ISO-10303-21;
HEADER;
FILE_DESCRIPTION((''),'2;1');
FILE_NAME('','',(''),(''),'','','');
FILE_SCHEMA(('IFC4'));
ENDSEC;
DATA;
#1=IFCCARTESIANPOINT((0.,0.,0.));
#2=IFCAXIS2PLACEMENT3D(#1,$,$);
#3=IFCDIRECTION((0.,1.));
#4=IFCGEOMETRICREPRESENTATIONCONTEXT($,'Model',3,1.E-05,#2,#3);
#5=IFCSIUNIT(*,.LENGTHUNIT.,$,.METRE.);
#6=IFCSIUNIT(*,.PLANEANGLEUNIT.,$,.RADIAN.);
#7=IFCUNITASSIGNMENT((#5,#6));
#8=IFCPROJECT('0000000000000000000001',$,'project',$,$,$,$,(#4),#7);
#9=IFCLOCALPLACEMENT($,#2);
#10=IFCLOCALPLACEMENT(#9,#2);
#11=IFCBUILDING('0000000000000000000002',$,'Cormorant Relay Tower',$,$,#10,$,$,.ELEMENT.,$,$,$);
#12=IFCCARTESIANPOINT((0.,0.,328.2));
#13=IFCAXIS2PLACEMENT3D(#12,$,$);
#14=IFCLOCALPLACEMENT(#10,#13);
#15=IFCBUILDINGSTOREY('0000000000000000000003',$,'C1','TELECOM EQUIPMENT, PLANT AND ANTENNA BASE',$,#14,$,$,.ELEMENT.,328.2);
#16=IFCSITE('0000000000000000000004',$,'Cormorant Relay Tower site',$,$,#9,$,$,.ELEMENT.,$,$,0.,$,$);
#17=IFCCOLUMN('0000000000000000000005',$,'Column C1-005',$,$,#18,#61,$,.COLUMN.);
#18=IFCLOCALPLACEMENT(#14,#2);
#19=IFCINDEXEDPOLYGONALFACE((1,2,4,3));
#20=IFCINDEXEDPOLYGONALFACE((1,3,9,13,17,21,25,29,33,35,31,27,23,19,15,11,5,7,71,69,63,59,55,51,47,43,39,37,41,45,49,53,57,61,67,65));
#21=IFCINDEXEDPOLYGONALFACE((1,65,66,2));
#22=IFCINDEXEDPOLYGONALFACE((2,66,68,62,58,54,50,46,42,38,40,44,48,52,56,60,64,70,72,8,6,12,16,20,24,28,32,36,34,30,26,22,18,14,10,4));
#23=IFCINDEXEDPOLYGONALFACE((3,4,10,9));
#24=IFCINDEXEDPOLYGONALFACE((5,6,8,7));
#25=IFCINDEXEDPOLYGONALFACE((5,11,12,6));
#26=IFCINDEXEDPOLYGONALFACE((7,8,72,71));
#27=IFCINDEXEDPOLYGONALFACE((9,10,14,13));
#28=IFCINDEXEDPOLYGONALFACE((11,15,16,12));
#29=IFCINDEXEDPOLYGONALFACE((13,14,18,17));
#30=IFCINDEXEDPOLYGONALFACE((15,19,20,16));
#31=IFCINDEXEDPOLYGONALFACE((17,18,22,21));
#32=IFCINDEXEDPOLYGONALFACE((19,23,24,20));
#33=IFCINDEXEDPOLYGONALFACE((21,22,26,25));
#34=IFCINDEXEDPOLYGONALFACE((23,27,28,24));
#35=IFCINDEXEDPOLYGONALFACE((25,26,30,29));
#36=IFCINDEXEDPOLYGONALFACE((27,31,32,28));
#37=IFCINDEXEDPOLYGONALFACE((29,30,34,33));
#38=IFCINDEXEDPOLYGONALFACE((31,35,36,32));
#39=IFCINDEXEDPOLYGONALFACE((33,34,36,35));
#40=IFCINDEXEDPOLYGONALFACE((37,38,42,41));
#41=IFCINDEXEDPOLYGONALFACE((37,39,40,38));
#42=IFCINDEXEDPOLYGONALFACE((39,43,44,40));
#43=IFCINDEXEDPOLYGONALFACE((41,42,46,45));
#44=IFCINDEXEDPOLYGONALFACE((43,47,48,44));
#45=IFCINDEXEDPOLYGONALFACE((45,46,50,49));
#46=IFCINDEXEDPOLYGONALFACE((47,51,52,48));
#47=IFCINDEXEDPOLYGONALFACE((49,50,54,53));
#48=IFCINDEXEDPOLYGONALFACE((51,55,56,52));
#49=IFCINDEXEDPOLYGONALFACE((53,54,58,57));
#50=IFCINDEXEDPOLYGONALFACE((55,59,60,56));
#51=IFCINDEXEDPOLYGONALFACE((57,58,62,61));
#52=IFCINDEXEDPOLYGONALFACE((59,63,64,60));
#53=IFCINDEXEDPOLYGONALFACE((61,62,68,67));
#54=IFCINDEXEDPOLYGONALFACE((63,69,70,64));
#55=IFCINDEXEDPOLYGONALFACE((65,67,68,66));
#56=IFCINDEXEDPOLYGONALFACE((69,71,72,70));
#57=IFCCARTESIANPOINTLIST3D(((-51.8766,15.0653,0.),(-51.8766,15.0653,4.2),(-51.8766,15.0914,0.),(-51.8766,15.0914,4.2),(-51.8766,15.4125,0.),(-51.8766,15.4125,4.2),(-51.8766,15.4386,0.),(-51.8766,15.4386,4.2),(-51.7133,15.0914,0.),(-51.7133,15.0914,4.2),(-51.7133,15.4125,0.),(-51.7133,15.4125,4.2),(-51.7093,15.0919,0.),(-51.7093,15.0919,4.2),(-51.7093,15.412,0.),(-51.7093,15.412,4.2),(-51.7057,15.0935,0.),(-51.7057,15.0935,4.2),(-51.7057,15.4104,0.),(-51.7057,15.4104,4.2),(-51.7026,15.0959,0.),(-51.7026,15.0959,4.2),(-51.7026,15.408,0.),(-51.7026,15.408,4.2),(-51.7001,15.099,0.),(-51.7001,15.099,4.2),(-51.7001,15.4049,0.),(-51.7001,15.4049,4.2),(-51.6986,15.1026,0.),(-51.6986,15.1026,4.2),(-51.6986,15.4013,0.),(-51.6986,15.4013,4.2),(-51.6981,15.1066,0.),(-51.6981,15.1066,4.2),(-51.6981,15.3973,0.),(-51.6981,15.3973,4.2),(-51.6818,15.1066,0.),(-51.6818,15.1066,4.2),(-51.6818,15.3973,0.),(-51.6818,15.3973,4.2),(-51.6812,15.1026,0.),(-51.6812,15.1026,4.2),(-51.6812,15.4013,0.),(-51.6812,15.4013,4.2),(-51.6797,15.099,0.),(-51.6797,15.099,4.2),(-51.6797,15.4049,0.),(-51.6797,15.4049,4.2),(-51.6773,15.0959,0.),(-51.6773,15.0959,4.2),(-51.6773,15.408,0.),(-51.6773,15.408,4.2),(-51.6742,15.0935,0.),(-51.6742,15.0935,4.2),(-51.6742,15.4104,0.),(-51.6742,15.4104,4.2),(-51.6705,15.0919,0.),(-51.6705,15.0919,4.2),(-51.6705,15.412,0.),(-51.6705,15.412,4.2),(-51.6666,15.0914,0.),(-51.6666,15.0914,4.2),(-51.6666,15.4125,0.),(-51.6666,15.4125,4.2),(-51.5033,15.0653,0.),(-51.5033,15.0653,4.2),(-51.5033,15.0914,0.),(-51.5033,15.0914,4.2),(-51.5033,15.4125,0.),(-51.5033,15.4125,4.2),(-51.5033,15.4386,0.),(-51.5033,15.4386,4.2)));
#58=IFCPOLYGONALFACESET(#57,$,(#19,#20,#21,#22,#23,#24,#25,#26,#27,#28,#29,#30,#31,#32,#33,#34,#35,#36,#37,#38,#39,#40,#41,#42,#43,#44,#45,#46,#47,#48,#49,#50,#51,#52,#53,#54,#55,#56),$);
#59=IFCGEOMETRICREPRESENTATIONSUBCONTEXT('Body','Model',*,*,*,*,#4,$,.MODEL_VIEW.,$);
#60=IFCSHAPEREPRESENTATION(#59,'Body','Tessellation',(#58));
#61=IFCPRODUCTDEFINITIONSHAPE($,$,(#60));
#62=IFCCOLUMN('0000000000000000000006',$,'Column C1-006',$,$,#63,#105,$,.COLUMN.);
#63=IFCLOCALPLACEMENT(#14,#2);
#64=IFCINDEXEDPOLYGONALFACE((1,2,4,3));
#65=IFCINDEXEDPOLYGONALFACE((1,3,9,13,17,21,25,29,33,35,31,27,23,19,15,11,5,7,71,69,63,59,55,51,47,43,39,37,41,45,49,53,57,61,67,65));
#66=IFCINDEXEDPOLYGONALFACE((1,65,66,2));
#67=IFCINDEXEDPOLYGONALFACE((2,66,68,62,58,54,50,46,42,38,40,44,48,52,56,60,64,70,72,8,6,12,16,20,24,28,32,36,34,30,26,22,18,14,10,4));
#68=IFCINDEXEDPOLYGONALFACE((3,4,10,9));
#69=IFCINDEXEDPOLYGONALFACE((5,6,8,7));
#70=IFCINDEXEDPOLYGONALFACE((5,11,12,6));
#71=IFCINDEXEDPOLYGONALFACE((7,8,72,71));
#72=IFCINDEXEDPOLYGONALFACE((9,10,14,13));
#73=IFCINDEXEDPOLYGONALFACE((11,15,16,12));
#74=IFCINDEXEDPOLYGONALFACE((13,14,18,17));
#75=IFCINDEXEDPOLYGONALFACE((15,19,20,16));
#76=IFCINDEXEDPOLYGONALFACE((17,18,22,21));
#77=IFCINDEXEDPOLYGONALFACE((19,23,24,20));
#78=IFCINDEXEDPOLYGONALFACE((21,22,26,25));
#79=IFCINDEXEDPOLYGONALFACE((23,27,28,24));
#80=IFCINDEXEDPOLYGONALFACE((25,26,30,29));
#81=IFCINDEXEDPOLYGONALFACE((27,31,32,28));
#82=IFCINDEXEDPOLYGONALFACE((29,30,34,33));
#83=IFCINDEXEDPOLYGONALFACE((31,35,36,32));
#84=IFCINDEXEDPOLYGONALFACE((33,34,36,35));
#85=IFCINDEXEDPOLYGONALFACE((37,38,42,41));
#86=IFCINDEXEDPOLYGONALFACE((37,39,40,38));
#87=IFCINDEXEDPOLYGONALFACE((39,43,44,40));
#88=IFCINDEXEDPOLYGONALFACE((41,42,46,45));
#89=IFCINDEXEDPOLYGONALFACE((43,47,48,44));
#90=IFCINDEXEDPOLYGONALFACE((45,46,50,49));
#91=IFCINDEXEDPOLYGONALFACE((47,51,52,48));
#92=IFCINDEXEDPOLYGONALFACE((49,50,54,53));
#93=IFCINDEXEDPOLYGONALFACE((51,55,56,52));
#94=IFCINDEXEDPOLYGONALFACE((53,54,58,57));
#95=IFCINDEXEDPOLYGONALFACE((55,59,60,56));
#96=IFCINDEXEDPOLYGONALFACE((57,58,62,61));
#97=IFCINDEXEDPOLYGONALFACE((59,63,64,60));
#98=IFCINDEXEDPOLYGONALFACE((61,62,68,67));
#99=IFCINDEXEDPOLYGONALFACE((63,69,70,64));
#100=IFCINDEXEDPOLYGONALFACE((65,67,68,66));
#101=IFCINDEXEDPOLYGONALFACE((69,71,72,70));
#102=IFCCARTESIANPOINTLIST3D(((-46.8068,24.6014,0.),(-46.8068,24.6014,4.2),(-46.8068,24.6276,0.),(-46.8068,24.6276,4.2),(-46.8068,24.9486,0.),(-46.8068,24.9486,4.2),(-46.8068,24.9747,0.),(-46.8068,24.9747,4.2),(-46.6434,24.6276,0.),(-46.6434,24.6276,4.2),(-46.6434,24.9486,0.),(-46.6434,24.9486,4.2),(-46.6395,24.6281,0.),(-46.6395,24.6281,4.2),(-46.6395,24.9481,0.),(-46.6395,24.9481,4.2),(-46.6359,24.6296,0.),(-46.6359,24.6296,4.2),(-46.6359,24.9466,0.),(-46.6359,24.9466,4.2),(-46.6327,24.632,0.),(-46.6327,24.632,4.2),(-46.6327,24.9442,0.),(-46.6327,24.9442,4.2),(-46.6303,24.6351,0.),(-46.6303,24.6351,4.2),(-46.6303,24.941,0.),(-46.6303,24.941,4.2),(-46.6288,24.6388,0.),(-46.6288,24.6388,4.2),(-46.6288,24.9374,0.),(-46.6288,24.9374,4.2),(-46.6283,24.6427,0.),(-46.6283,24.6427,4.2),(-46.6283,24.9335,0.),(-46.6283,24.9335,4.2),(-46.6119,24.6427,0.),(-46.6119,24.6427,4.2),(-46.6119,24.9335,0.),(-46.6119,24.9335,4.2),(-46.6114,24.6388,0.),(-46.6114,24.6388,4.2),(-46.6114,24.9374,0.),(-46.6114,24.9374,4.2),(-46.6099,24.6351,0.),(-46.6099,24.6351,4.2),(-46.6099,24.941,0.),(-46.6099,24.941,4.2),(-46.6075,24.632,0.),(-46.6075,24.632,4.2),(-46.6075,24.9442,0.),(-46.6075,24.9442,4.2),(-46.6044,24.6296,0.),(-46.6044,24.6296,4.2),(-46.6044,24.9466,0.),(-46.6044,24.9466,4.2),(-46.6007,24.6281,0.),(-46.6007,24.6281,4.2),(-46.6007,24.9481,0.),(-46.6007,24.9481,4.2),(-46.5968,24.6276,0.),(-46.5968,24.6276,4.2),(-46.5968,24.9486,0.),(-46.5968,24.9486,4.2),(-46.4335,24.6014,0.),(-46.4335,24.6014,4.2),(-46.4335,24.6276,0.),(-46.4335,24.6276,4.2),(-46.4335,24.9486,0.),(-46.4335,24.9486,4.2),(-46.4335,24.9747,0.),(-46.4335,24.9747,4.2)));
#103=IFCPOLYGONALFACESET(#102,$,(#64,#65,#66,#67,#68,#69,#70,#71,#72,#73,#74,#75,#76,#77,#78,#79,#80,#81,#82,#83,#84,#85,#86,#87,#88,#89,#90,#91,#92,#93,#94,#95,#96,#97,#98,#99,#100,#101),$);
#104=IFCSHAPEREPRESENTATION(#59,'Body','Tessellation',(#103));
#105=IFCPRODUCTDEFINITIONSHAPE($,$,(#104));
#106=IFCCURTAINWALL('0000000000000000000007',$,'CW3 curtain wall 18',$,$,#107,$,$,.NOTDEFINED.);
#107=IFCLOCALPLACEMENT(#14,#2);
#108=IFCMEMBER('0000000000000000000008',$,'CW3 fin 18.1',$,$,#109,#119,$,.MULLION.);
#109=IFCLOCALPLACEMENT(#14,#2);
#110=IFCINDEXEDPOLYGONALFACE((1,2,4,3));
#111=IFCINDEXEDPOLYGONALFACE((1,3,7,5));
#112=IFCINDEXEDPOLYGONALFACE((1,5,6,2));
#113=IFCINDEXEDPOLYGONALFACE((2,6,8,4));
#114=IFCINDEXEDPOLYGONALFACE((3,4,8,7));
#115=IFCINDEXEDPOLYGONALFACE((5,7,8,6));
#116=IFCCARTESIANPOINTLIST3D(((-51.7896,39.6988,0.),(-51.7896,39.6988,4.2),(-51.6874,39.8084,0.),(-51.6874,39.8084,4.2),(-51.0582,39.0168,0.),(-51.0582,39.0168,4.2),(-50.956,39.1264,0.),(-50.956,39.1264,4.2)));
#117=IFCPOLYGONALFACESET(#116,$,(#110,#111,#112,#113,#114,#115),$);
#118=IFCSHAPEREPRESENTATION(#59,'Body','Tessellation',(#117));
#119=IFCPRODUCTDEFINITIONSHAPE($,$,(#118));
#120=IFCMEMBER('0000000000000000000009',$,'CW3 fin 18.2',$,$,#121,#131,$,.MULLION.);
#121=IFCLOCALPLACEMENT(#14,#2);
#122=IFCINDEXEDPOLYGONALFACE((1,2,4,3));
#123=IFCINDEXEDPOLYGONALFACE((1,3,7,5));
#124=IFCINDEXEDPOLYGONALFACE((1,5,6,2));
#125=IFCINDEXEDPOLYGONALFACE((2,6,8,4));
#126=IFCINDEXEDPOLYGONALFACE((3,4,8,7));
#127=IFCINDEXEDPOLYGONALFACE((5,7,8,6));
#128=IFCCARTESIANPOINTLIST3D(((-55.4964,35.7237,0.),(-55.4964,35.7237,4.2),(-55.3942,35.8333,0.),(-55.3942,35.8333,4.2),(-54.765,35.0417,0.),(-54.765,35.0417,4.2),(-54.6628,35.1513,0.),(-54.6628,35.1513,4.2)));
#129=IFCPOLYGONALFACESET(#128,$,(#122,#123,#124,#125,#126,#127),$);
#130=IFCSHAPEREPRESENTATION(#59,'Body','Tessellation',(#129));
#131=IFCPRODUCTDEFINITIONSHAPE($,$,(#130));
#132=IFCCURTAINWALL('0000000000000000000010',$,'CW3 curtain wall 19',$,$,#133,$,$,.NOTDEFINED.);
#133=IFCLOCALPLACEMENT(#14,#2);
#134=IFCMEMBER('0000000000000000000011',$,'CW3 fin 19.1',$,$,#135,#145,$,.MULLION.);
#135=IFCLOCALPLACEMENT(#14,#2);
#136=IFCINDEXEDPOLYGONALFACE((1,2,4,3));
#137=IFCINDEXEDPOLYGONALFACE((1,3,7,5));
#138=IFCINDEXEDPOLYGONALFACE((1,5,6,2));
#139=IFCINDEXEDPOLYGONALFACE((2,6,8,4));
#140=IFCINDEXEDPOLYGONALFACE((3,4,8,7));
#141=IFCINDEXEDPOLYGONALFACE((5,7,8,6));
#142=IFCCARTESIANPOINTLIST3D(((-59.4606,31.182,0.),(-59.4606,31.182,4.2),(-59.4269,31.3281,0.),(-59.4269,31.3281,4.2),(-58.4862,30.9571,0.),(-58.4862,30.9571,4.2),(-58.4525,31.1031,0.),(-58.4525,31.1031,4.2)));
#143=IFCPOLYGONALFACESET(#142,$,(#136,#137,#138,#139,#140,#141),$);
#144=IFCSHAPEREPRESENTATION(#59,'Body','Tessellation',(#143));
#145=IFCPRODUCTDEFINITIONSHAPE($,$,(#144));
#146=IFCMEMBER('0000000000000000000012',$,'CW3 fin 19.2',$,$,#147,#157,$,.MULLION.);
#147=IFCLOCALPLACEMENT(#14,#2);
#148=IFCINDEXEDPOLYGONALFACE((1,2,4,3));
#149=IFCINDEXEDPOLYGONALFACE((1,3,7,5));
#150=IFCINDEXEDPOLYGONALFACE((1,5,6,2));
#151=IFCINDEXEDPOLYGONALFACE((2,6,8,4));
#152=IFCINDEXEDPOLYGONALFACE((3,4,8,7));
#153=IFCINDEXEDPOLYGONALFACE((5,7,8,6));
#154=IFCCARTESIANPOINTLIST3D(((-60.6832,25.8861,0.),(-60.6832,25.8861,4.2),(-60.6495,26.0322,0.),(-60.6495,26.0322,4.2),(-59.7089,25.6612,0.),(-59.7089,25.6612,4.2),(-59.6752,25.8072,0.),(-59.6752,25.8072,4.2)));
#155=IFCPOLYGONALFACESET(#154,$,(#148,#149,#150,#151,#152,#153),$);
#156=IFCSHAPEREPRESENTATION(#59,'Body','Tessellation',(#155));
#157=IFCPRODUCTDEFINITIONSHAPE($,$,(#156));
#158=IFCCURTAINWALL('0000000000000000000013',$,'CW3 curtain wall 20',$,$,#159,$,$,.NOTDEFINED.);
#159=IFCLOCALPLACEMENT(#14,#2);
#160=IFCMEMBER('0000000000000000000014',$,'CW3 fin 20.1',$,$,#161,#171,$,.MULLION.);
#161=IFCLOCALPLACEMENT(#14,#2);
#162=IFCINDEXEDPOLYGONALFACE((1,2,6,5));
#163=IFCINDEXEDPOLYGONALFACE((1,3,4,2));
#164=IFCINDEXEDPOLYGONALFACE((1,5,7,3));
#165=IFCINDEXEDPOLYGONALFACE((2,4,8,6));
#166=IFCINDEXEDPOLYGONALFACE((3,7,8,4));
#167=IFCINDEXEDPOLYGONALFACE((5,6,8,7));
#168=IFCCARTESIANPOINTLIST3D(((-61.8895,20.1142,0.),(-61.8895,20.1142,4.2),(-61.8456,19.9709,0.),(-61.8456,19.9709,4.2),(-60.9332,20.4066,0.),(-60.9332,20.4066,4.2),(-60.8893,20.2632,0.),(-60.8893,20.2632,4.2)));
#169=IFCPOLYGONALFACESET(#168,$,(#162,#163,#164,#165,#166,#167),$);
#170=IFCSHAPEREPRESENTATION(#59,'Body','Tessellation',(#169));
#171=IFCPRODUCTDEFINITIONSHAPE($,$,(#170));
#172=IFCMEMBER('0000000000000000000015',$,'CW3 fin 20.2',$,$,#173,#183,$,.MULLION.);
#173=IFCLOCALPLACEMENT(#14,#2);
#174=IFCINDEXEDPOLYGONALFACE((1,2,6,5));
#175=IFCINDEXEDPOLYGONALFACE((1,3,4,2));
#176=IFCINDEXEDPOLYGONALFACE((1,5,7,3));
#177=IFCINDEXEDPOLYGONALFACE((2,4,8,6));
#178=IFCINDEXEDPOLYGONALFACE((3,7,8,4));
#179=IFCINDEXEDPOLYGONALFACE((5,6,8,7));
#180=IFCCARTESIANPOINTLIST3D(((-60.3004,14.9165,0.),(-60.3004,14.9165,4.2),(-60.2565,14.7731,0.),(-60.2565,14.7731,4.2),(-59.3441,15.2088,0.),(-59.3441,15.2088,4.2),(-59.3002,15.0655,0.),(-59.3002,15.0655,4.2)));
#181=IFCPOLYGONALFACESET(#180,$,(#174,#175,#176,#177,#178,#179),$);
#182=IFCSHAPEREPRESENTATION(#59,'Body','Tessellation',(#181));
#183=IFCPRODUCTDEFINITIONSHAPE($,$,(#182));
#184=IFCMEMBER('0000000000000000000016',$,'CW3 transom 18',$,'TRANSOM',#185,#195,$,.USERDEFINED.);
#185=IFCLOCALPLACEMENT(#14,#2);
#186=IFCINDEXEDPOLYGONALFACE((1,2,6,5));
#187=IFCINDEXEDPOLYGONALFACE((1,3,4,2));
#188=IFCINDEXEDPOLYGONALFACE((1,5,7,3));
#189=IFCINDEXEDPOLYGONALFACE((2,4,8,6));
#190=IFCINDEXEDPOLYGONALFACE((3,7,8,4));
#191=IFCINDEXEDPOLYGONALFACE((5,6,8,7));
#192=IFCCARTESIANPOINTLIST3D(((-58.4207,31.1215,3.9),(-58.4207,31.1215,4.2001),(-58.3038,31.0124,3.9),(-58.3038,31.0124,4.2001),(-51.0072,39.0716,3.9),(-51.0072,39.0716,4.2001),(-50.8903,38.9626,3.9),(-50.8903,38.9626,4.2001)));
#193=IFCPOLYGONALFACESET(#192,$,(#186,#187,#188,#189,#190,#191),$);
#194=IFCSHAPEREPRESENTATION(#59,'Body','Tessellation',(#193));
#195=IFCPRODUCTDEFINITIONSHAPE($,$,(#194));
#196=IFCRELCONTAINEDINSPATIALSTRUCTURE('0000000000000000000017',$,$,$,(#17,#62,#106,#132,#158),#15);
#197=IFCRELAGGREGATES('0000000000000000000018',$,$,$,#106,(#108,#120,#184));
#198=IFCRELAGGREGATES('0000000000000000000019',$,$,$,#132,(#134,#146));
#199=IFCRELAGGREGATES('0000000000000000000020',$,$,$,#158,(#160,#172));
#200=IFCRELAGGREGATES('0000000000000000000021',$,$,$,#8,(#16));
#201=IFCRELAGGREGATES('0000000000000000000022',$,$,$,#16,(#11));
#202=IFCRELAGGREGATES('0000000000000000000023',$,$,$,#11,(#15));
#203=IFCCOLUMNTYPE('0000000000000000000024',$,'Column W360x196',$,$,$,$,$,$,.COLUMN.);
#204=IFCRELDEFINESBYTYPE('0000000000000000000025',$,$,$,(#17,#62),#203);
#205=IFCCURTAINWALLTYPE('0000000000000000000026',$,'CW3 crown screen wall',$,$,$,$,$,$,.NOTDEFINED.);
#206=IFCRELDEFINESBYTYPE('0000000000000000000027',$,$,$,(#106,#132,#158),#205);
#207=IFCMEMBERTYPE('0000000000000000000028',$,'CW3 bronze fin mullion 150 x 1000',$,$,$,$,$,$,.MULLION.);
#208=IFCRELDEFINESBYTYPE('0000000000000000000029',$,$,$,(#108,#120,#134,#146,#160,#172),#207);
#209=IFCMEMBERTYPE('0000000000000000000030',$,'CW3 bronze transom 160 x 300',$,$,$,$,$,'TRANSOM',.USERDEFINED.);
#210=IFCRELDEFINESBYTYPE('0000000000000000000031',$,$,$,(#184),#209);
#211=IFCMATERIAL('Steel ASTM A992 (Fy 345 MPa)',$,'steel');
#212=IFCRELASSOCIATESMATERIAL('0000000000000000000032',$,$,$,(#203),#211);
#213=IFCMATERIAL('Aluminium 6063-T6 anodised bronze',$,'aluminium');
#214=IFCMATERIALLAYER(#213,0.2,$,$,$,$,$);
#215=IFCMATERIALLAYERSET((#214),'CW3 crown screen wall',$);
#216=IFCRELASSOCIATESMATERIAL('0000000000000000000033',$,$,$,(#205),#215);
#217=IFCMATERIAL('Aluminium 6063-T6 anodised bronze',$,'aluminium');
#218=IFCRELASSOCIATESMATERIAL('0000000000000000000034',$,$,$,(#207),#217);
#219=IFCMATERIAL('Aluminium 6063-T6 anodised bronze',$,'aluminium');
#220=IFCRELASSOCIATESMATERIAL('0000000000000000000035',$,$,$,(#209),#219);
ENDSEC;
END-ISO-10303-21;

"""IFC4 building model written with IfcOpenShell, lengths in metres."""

from ifc_helpers import new_model, si_unit, direction, frame, origin, origin_2d, place, context, subcontext, project, spatial, rectangle, i_section, extrude, material, layer, layer_set, material_profile, profile_set, type_object, element, aggregate, save


model = new_model("IFC4")

# Units and contexts
model_context = context("Model", 3, precision=1e-05, world=origin(), true_north=direction((0.0, 1.0)))
body_context = subcontext(model_context, "Body", "Model", "MODEL_VIEW")
ifc_project = project(units=[si_unit("LENGTHUNIT", "METRE"), si_unit("PLANEANGLEUNIT", "RADIAN")], contexts=[model_context])

# Site, building, storey
site_placement = place(None, origin())
site = spatial("IfcSite", under=ifc_project, at=site_placement, Name="Cormorant Relay Tower site", CompositionType="ELEMENT", RefElevation=0.0)
building_placement = place(site_placement, origin())
building = spatial("IfcBuilding", under=site, at=building_placement, Name="Cormorant Relay Tower", CompositionType="ELEMENT")
storey_placement = place(building_placement, frame((0.0, 0.0, 328.2)))
storey = spatial("IfcBuildingStorey", under=building, at=storey_placement, Name="C1", Description="TELECOM EQUIPMENT, PLANT AND ANTENNA BASE", CompositionType="ELEMENT", Elevation=328.2)

# Columns
ifc_material_1 = material(Name="Steel ASTM A992 (Fy 345 MPa)", Category="steel")
ifc_material_profile_1 = material_profile(ifc_material_1, i_section(OverallWidth=0.3733, OverallDepth=0.3733, WebThickness=0.0164, FlangeThickness=0.0261, FilletRadius=0.0151, at=origin_2d()), Name="W360x196")
ifc_profile_set_1 = profile_set([ifc_material_profile_1], Name="Steel ASTM A992 (Fy 345 MPa)")
column_type = type_object("IfcColumnType", Name="Column W360x196", PredefinedType="COLUMN", material=ifc_profile_set_1)
for number, where, z_axis, x_axis, name in (
    (1, (-51.6899, 15.252, 0.0), (0.0, 0.0, 1.0), (1.0, 0.0, 0.0), "Column C1-005"),
    (2, (-46.6201, 24.7881, 0.0), (0.0, 0.0, 1.0), (1.0, 0.0, 0.0), "Column C1-006"),
):
    element("IfcColumn", number, at=place(storey_placement, frame(where, z_axis=z_axis, x_axis=x_axis)), inside=storey, type_object=column_type, Name=name, PredefinedType="COLUMN", context=body_context, shape_type="SweptSolid", body=[
        extrude(i_section(OverallWidth=0.3733, OverallDepth=0.3733, WebThickness=0.0164, FlangeThickness=0.0261, FilletRadius=0.0151, at=origin_2d()), origin(), (0.0, 0.0, 1.0), 4.2),
    ])

# Curtain walls, members
ifc_material_2 = material(Name="Aluminium 6063-T6 anodised bronze", Category="aluminium")
ifc_layer_1 = layer(ifc_material_2, 0.2)
ifc_layer_set_1 = layer_set([ifc_layer_1], Name="CW3 crown screen wall")
curtain_wall_type = type_object("IfcCurtainWallType", Name="CW3 crown screen wall", PredefinedType="NOTDEFINED", material=ifc_layer_set_1)
curtain_wall_1_placement = place(storey_placement, origin())
curtain_wall_1 = element("IfcCurtainWall", 3, at=curtain_wall_1_placement, inside=storey, type_object=curtain_wall_type, Name="CW3 curtain wall 18", PredefinedType="NOTDEFINED")
ifc_material_3 = material(Name="Aluminium 6063-T6 anodised bronze", Category="aluminium")
ifc_material_profile_2 = material_profile(ifc_material_3, rectangle(XDim=0.1499, YDim=1.0, at=origin_2d()), Name="AL 150x1000")
ifc_profile_set_2 = profile_set([ifc_material_profile_2], Name="Aluminium 6063-T6 anodised bronze")
member_type_1 = type_object("IfcMemberType", Name="CW3 bronze fin mullion 150 x 1000", PredefinedType="MULLION", material=ifc_profile_set_2)
member_1_placement = place(storey_placement, frame((-51.3728, 39.4126, 0.0), z_axis=(0.0, 0.0, 1.0), x_axis=(-0.681998, -0.731354, 0.0)))
member_1 = element("IfcMember", 4, at=member_1_placement, type_object=member_type_1, Name="CW3 fin 18.1", PredefinedType="MULLION", context=body_context, shape_type="SweptSolid", body=[
    extrude(rectangle(XDim=0.1499, YDim=1.0, at=origin_2d()), origin(), (0.0, 0.0, 1.0), 4.2),
])
member_2_placement = place(storey_placement, frame((-55.0796, 35.4375, 0.0), z_axis=(0.0, 0.0, 1.0), x_axis=(-0.681998, -0.731354, 0.0)))
member_2 = element("IfcMember", 5, at=member_2_placement, type_object=member_type_1, Name="CW3 fin 18.2", PredefinedType="MULLION", context=body_context, shape_type="SweptSolid", body=[
    extrude(rectangle(XDim=0.1499, YDim=1.0, at=origin_2d()), origin(), (0.0, 0.0, 1.0), 4.2),
])
curtain_wall_2_placement = place(storey_placement, origin())
curtain_wall_2 = element("IfcCurtainWall", 6, at=curtain_wall_2_placement, inside=storey, type_object=curtain_wall_type, Name="CW3 curtain wall 19", PredefinedType="NOTDEFINED")
member_3_placement = place(storey_placement, frame((-58.9565, 31.1426, 0.0), z_axis=(0.0, 0.0, 1.0), x_axis=(-0.224951, -0.97437, 0.0)))
member_3 = element("IfcMember", 7, at=member_3_placement, type_object=member_type_1, Name="CW3 fin 19.1", PredefinedType="MULLION", context=body_context, shape_type="SweptSolid", body=[
    extrude(rectangle(XDim=0.1499, YDim=1.0, at=origin_2d()), origin(), (0.0, 0.0, 1.0), 4.2),
])
member_4_placement = place(storey_placement, frame((-60.1792, 25.8467, 0.0), z_axis=(0.0, 0.0, 1.0), x_axis=(-0.224951, -0.97437, 0.0)))
member_4 = element("IfcMember", 8, at=member_4_placement, type_object=member_type_1, Name="CW3 fin 19.2", PredefinedType="MULLION", context=body_context, shape_type="SweptSolid", body=[
    extrude(rectangle(XDim=0.1499, YDim=1.0, at=origin_2d()), origin(), (0.0, 0.0, 1.0), 4.2),
])
curtain_wall_3_placement = place(storey_placement, origin())
curtain_wall_3 = element("IfcCurtainWall", 9, at=curtain_wall_3_placement, inside=storey, type_object=curtain_wall_type, Name="CW3 curtain wall 20", PredefinedType="NOTDEFINED")
member_5_placement = place(storey_placement, frame((-61.3894, 20.1887, 0.0), z_axis=(0.0, 0.0, 1.0), x_axis=(0.292372, -0.956305, 0.0)))
member_5 = element("IfcMember", 10, at=member_5_placement, type_object=member_type_1, Name="CW3 fin 20.1", PredefinedType="MULLION", context=body_context, shape_type="SweptSolid", body=[
    extrude(rectangle(XDim=0.1499, YDim=1.0, at=origin_2d()), origin(), (0.0, 0.0, 1.0), 4.2),
])
member_6_placement = place(storey_placement, frame((-59.8003, 14.991, 0.0), z_axis=(0.0, 0.0, 1.0), x_axis=(0.292372, -0.956305, 0.0)))
member_6 = element("IfcMember", 11, at=member_6_placement, type_object=member_type_1, Name="CW3 fin 20.2", PredefinedType="MULLION", context=body_context, shape_type="SweptSolid", body=[
    extrude(rectangle(XDim=0.1499, YDim=1.0, at=origin_2d()), origin(), (0.0, 0.0, 1.0), 4.2),
])

# Member
ifc_material_4 = material(Name="Aluminium 6063-T6 anodised bronze", Category="aluminium")
ifc_material_profile_3 = material_profile(ifc_material_4, rectangle(XDim=0.1599, YDim=0.3, at=origin_2d()), Name="AL 160x300")
ifc_profile_set_3 = profile_set([ifc_material_profile_3], Name="Aluminium 6063-T6 anodised bronze")
member_type_2 = type_object("IfcMemberType", Name="CW3 bronze transom 160 x 300", ElementType="TRANSOM", PredefinedType="USERDEFINED", material=ifc_profile_set_3)
member_7_placement = place(storey_placement, frame((-50.9487, 39.0171, 4.05), z_axis=(-0.681993, -0.731358, 0.0), x_axis=(0.731358, -0.681993, 0.0)))
member_7 = element("IfcMember", 12, at=member_7_placement, type_object=member_type_2, Name="CW3 transom 18", ObjectType="TRANSOM", PredefinedType="USERDEFINED", context=body_context, shape_type="SweptSolid", body=[
    extrude(rectangle(XDim=0.1599, YDim=0.3, at=origin_2d()), origin(), (0.0, 0.0, 1.0), 10.8704),
])

aggregate(curtain_wall_1, [member_1, member_2, member_7])
aggregate(curtain_wall_2, [member_3, member_4])
aggregate(curtain_wall_3, [member_5, member_6])

save(model, "model.ifc")
